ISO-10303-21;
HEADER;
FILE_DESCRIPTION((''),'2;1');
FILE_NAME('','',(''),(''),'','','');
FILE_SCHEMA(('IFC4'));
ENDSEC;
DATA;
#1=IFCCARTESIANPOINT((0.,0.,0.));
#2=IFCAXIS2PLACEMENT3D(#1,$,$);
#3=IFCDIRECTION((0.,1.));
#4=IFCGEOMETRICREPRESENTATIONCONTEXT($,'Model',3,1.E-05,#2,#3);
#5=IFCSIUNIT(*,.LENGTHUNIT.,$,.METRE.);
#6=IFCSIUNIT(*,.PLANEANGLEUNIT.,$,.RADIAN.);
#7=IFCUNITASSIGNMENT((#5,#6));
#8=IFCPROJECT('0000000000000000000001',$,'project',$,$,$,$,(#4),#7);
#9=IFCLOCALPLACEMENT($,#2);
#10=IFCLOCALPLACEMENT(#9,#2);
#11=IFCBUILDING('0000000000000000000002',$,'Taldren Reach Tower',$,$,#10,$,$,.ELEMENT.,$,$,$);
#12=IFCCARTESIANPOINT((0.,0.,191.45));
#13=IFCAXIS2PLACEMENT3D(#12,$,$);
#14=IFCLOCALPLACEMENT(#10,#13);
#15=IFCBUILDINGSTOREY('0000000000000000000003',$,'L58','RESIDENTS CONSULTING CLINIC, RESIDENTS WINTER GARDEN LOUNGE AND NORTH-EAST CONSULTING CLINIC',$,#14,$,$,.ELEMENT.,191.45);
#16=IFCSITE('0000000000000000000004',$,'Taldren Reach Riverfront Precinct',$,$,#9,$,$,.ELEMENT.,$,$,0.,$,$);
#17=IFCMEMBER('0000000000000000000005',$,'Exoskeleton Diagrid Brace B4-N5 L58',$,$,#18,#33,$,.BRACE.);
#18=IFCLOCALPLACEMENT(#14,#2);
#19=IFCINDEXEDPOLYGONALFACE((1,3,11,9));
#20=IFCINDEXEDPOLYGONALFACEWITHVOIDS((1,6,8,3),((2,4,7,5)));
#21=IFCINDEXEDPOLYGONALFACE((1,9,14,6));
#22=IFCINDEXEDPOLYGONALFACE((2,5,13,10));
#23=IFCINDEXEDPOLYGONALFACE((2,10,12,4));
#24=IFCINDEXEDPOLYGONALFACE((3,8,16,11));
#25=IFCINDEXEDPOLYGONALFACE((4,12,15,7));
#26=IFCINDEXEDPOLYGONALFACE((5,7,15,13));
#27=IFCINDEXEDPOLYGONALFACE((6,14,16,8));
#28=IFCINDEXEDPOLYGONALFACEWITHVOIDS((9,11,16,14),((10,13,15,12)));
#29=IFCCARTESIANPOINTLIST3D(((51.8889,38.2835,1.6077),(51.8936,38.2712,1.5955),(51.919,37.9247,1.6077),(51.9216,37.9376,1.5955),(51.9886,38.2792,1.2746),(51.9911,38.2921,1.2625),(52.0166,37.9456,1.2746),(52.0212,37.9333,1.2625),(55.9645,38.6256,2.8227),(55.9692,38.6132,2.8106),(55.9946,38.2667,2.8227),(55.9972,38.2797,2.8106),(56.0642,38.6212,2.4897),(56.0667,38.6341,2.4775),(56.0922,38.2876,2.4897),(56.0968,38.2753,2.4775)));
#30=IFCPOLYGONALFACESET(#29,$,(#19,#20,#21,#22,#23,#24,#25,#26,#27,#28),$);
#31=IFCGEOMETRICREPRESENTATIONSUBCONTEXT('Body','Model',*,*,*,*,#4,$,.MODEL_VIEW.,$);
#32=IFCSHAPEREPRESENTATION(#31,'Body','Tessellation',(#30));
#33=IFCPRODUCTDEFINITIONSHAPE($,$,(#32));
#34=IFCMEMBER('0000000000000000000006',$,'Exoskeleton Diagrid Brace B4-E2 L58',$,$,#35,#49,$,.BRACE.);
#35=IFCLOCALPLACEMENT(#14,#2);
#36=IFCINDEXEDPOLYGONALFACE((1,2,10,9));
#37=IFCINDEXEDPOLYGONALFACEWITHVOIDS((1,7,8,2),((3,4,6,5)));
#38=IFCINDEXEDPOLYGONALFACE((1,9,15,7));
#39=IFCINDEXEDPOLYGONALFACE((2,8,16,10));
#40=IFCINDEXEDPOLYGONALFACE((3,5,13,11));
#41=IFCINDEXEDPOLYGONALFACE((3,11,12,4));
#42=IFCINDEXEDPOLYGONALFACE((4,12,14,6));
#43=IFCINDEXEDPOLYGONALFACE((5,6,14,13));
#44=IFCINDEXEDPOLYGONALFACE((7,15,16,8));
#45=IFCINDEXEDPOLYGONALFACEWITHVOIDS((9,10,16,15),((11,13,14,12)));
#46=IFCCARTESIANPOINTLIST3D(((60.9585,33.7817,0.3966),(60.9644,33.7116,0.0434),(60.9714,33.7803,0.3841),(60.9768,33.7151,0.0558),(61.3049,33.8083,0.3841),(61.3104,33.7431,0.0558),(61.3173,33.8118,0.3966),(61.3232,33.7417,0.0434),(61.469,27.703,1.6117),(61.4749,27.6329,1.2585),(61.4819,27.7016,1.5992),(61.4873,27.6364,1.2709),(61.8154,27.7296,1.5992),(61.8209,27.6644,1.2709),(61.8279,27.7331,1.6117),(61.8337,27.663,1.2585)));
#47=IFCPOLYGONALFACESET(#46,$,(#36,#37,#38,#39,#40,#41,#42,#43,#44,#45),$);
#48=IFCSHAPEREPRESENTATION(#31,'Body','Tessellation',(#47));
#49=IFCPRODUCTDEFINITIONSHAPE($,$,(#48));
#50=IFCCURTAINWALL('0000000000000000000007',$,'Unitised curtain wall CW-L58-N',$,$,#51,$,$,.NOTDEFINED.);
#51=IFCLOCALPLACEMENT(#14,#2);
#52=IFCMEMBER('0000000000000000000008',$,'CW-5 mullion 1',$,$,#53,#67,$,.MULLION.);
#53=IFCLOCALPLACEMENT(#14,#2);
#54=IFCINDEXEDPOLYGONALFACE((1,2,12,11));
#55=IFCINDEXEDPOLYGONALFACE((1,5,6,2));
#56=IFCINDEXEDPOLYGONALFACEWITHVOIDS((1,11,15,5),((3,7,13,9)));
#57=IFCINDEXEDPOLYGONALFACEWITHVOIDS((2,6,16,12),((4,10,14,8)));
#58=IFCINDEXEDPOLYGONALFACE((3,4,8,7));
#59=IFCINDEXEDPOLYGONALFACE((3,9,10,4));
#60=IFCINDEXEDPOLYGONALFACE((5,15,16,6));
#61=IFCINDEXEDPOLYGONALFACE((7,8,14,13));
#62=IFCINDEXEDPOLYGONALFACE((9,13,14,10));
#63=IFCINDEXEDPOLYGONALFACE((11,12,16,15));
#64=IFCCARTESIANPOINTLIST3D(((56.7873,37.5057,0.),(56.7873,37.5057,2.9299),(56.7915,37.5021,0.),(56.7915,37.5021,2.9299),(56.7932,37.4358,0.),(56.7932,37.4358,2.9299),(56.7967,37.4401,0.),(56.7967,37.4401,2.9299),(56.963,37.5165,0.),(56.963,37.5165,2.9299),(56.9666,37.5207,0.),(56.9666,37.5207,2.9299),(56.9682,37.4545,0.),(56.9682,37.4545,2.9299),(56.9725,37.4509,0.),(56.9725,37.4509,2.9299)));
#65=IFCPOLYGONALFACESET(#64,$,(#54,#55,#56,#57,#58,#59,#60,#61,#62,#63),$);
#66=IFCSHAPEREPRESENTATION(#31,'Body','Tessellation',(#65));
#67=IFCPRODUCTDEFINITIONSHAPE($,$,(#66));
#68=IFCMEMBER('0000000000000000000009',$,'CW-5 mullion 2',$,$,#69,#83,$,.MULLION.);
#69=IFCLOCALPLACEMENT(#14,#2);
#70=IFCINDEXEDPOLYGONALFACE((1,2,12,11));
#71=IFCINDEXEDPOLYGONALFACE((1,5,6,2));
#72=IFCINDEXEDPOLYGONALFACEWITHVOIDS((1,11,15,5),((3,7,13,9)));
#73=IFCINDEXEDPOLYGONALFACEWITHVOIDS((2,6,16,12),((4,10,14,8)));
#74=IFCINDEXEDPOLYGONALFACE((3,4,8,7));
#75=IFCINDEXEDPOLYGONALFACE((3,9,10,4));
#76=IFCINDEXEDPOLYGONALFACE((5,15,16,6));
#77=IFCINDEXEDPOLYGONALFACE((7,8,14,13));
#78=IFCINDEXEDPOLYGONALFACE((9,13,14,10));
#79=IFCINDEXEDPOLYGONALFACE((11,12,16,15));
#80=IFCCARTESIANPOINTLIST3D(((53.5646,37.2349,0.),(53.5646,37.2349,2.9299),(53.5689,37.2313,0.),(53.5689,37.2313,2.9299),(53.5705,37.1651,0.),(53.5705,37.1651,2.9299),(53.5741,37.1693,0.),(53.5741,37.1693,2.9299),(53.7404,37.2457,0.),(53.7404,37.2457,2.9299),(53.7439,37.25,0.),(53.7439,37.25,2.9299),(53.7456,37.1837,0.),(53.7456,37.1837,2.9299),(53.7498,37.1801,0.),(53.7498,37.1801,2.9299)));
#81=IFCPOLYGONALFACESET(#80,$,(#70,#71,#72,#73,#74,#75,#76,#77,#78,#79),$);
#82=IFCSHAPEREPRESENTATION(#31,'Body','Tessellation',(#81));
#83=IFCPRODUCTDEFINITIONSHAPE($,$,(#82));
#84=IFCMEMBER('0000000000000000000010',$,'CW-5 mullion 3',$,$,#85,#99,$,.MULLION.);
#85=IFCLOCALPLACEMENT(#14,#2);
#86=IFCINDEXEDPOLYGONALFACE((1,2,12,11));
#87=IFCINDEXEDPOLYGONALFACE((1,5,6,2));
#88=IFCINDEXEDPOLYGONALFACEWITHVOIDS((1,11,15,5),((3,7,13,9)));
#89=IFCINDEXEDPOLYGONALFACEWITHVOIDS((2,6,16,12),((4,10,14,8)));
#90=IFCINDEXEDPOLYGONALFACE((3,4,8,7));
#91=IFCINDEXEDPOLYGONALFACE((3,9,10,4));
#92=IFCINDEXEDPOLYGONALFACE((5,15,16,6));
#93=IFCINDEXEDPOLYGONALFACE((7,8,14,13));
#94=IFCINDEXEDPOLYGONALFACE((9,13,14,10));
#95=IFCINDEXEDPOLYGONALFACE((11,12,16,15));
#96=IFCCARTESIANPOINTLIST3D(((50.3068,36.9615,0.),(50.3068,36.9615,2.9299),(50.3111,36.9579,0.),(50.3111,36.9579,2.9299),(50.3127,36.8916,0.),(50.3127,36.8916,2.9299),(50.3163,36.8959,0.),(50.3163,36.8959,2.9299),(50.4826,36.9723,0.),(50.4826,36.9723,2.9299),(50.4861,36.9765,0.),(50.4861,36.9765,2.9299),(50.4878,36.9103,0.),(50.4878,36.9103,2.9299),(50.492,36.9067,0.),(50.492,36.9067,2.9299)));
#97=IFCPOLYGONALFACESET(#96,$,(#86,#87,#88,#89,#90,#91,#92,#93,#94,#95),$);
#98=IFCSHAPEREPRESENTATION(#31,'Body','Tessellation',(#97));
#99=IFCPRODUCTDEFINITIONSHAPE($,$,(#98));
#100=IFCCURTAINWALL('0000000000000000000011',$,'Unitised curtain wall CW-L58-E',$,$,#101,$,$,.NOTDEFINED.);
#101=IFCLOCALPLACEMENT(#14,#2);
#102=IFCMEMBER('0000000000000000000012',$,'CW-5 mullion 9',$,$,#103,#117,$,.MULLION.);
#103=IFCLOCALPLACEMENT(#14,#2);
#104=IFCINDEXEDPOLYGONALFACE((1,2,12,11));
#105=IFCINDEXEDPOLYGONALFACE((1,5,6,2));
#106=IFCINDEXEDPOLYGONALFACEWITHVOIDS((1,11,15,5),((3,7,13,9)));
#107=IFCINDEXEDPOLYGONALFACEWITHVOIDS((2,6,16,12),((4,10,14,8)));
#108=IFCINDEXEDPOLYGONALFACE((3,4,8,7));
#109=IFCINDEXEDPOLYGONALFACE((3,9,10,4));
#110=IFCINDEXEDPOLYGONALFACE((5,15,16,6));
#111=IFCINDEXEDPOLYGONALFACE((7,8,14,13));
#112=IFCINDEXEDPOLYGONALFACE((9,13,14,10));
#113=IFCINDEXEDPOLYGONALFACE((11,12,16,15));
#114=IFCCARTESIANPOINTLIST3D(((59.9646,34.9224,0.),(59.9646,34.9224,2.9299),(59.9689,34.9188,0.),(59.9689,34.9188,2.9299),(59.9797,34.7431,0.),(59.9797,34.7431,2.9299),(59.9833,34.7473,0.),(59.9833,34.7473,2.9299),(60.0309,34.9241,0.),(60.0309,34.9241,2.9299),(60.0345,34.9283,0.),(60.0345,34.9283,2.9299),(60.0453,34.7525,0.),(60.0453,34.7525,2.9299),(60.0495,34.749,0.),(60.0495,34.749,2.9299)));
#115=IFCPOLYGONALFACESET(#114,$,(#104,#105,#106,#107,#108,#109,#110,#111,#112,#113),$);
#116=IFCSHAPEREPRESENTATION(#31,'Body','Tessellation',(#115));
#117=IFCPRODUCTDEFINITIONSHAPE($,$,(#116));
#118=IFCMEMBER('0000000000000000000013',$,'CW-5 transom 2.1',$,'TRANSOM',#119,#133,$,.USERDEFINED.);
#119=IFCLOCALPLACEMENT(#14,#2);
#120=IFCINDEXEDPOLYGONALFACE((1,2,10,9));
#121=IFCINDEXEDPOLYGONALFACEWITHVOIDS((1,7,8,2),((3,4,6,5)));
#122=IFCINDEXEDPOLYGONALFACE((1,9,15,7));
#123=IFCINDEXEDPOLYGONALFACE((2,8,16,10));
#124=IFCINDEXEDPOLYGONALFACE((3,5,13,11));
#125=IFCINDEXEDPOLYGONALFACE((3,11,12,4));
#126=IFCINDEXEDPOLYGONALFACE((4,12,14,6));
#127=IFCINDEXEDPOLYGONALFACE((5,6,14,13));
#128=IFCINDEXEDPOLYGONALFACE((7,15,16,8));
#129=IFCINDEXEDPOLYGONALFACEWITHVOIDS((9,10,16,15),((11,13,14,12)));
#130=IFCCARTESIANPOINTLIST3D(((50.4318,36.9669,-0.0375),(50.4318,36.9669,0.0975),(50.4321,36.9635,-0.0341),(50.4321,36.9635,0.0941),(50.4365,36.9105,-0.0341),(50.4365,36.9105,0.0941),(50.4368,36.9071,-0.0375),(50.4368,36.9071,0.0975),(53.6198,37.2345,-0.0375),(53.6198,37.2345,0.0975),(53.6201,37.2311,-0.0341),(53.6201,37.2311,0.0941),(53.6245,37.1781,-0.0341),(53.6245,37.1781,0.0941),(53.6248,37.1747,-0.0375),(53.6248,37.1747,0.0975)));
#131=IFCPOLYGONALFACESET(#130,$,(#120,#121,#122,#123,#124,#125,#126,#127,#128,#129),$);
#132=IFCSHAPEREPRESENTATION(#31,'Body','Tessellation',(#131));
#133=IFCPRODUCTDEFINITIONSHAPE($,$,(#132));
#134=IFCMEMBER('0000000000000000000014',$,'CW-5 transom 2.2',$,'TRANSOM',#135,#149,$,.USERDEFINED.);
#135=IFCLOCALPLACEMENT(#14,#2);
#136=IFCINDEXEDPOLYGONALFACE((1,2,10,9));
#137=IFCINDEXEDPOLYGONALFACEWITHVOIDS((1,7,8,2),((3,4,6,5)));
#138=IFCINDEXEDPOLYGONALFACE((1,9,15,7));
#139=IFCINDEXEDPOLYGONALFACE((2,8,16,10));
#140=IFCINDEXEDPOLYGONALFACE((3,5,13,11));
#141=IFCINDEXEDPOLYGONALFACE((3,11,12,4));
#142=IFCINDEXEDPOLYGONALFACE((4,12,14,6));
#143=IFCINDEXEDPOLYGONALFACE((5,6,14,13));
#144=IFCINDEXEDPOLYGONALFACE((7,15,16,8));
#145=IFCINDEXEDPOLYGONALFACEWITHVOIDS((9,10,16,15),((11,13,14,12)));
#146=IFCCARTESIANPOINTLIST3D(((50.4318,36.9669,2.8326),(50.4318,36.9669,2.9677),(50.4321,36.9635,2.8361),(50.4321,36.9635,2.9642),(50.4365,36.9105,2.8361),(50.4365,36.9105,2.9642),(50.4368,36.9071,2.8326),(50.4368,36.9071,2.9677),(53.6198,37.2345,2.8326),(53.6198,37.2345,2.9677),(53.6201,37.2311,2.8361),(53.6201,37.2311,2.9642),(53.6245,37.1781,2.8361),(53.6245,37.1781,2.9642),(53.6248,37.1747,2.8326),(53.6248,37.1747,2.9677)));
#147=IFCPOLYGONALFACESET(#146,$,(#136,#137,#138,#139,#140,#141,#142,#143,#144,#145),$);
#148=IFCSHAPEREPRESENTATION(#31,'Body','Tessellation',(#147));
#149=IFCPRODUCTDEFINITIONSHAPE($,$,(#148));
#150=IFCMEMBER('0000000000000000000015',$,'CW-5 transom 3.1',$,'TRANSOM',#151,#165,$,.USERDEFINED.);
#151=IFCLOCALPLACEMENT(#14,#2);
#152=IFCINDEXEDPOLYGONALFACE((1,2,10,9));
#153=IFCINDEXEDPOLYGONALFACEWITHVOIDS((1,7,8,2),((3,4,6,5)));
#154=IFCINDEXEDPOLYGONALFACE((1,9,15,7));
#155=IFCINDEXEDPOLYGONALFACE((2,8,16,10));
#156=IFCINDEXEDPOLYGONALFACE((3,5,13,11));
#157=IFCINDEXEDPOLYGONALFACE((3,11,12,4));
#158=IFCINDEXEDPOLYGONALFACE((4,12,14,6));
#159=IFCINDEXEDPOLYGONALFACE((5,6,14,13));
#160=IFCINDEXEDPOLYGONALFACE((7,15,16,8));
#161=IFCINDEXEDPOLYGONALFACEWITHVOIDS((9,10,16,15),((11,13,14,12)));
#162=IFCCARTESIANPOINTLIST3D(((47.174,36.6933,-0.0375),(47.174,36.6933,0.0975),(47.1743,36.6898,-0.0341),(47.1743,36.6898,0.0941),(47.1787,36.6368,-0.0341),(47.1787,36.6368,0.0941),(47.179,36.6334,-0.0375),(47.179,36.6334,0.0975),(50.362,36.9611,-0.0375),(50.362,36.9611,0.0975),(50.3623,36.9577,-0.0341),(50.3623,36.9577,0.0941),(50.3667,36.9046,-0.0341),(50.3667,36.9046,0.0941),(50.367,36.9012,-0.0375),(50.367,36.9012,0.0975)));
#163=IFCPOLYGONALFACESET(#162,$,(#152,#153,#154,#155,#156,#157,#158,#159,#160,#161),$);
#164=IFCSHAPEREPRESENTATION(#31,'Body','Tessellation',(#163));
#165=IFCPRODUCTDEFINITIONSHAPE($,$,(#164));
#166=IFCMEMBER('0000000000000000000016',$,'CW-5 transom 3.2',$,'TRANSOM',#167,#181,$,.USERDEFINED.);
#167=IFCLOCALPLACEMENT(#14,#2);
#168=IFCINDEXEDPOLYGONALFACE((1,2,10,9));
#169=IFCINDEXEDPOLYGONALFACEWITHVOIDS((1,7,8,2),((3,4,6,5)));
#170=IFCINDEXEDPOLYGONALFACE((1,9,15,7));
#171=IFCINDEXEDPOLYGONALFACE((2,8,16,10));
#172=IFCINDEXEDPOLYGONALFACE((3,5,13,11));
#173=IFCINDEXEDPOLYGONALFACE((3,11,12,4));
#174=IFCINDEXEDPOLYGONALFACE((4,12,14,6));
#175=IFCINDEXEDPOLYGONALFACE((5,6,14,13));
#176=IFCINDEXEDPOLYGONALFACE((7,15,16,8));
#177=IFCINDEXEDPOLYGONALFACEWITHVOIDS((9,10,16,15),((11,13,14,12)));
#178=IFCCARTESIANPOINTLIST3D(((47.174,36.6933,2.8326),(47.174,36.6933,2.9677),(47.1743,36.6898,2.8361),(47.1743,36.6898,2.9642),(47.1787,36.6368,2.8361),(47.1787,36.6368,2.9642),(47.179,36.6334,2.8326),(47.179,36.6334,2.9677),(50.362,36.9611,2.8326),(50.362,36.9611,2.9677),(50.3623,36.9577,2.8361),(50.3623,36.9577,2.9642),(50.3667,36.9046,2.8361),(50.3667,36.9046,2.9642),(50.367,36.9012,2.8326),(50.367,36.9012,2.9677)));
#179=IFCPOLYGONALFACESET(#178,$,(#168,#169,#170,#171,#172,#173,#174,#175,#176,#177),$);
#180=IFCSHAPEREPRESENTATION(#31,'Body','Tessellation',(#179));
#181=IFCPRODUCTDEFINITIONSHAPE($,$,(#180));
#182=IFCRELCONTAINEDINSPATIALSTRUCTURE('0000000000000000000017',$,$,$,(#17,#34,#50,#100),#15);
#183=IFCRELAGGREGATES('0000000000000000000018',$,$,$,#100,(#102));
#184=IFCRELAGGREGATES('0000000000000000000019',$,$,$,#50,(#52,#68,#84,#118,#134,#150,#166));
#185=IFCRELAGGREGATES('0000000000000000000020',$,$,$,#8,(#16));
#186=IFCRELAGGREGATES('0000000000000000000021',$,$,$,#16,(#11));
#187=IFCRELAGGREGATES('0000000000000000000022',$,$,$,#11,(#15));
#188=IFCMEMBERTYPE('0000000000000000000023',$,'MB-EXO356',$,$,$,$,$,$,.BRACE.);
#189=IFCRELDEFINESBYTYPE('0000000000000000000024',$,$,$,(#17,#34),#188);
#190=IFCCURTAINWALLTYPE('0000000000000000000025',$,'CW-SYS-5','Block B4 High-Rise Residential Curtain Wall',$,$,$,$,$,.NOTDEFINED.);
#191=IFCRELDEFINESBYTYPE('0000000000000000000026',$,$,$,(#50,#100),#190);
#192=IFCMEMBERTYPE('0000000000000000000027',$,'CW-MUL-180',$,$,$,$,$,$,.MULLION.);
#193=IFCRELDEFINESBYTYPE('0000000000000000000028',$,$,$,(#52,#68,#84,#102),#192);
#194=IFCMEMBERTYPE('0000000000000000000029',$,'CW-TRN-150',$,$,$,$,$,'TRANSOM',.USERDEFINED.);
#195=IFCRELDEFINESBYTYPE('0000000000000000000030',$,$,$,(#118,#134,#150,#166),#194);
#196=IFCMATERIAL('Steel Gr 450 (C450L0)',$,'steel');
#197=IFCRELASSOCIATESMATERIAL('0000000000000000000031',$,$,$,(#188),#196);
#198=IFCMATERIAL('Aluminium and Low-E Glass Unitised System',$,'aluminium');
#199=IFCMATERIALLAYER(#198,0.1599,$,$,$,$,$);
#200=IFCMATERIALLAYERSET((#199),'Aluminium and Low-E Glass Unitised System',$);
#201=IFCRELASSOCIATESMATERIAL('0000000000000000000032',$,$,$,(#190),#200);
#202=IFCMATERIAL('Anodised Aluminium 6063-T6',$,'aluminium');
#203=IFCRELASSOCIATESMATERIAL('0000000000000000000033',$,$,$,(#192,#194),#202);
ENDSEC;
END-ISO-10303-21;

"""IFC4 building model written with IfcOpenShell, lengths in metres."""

from ifc_helpers import new_model, si_unit, direction, frame, origin, origin_2d, place, context, subcontext, project, spatial, hollow_rectangle, extrude, source, transform, mapped, material, layer, layer_set, material_profile, profile_set, type_object, element, aggregate, save


model = new_model("IFC4")

# Units and contexts
model_context = context("Model", 3, precision=1e-05, world=origin(), true_north=direction((0.0, 1.0)))
body_context = subcontext(model_context, "Body", "Model", "MODEL_VIEW")
ifc_project = project(units=[si_unit("LENGTHUNIT", "METRE"), si_unit("PLANEANGLEUNIT", "RADIAN")], contexts=[model_context])

# Site, building, storey
site_placement = place(None, origin())
site = spatial("IfcSite", under=ifc_project, at=site_placement, Name="Taldren Reach Riverfront Precinct", CompositionType="ELEMENT", RefElevation=0.0)
building_placement = place(site_placement, origin())
building = spatial("IfcBuilding", under=site, at=building_placement, Name="Taldren Reach Tower", CompositionType="ELEMENT")
storey_placement = place(building_placement, frame((0.0, 0.0, 191.45)))
storey = spatial("IfcBuildingStorey", under=building, at=storey_placement, Name="L58", Description="RESIDENTS CONSULTING CLINIC, RESIDENTS WINTER GARDEN LOUNGE AND NORTH-EAST CONSULTING CLINIC", CompositionType="ELEMENT", Elevation=191.45)

# Members
ifc_material_1 = material(Name="Steel Gr 450 (C450L0)", Category="steel")
ifc_material_profile_1 = material_profile(ifc_material_1, hollow_rectangle(XDim=0.3601, YDim=0.3601, WallThickness=0.0127, at=origin_2d()), Name="360x360x12.7SHS")
ifc_profile_set_1 = profile_set([ifc_material_profile_1], Name="Steel Gr 450 (C450L0)")
member_type_1 = type_object("IfcMemberType", Name="MB-EXO356", PredefinedType="BRACE", material=ifc_profile_set_1)
shared_shape_1 = source(origin(), body_context, "Body", "SweptSolid", [
    extrude(hollow_rectangle(XDim=0.3601, YDim=0.3601, WallThickness=0.0127, at=origin_2d()), origin(), (0.0, 0.0, 1.0), 4.2666),
])
member_1_placement = place(storey_placement, frame((51.9551, 38.1084, 1.4351), z_axis=(0.955234, 0.080165, 0.284785), x_axis=(-0.083628, 0.996497, 0.0)))
element("IfcMember", 1, at=member_1_placement, inside=storey, type_object=member_type_1, Name="Exoskeleton Diagrid Brace B4-N5 L58", PredefinedType="BRACE", context=body_context, shape_type="MappedRepresentation", body=[
    mapped(shared_shape_1, transform((0.0, 0.0, 0.0), scale=1.0)),
])
shared_shape_2 = source(origin(), body_context, "Body", "SweptSolid", [
    extrude(hollow_rectangle(XDim=0.3601, YDim=0.3601, WallThickness=0.0127, at=origin_2d()), origin(), (0.0, 0.0, 1.0), 6.22),
])
member_2_placement = place(storey_placement, frame((61.1409, 33.7617, 0.22), z_axis=(0.082076, -0.977292, 0.195356), x_axis=(0.996492, 0.083688, 0.0)))
element("IfcMember", 2, at=member_2_placement, inside=storey, type_object=member_type_1, Name="Exoskeleton Diagrid Brace B4-E2 L58", PredefinedType="BRACE", context=body_context, shape_type="MappedRepresentation", body=[
    mapped(shared_shape_2, transform((0.0, 0.0, 0.0), scale=1.0)),
])

# Curtain wall, members
ifc_material_2 = material(Name="Aluminium and Low-E Glass Unitised System", Category="aluminium")
ifc_layer_1 = layer(ifc_material_2, 0.1599)
ifc_layer_set_1 = layer_set([ifc_layer_1], Name="Aluminium and Low-E Glass Unitised System")
curtain_wall_type = type_object("IfcCurtainWallType", Name="CW-SYS-5", Description="Block B4 High-Rise Residential Curtain Wall", PredefinedType="NOTDEFINED", material=ifc_layer_set_1)
curtain_wall_1_placement = place(storey_placement, origin())
curtain_wall_1 = element("IfcCurtainWall", 3, at=curtain_wall_1_placement, inside=storey, type_object=curtain_wall_type, Name="Unitised curtain wall CW-L58-N", PredefinedType="NOTDEFINED")
ifc_material_3 = material(Name="Anodised Aluminium 6063-T6", Category="aluminium")
ifc_material_profile_2 = material_profile(ifc_material_3, hollow_rectangle(XDim=0.0701, YDim=0.1799, WallThickness=0.0039, at=origin_2d()), Name="ALU-180x70x4RHS")
ifc_profile_set_2 = profile_set([ifc_material_profile_2], Name="Anodised Aluminium 6063-T6")
member_type_2 = type_object("IfcMemberType", Name="CW-MUL-180", PredefinedType="MULLION", material=ifc_profile_set_2)
shared_shape_3 = source(origin(), body_context, "Body", "SweptSolid", [
    extrude(hollow_rectangle(XDim=0.0701, YDim=0.1799, WallThickness=0.0039, at=origin_2d()), origin(), (0.0, 0.0, 1.0), 2.9299),
])
member_3_placement = place(storey_placement, frame((56.8799, 37.4783, 0.0), z_axis=(0.0, 0.0, 1.0), x_axis=(0.083678, -0.996493, 0.0)))
member_3 = element("IfcMember", 4, at=member_3_placement, type_object=member_type_2, Name="CW-5 mullion 1", PredefinedType="MULLION", context=body_context, shape_type="MappedRepresentation", body=[
    mapped(shared_shape_3, transform((0.0, 0.0, 0.0), scale=1.0)),
])
member_4_placement = place(storey_placement, frame((53.6572, 37.2075, 0.0), z_axis=(0.0, 0.0, 1.0), x_axis=(0.083678, -0.996493, 0.0)))
member_4 = element("IfcMember", 5, at=member_4_placement, type_object=member_type_2, Name="CW-5 mullion 2", PredefinedType="MULLION", context=body_context, shape_type="MappedRepresentation", body=[
    mapped(shared_shape_3, transform((0.0, 0.0, 0.0), scale=1.0)),
])
member_5_placement = place(storey_placement, frame((50.3994, 36.9341, 0.0), z_axis=(0.0, 0.0, 1.0), x_axis=(0.083678, -0.996493, 0.0)))
member_5 = element("IfcMember", 6, at=member_5_placement, type_object=member_type_2, Name="CW-5 mullion 3", PredefinedType="MULLION", context=body_context, shape_type="MappedRepresentation", body=[
    mapped(shared_shape_3, transform((0.0, 0.0, 0.0), scale=1.0)),
])

# Curtain wall, member
curtain_wall_2_placement = place(storey_placement, origin())
curtain_wall_2 = element("IfcCurtainWall", 7, at=curtain_wall_2_placement, inside=storey, type_object=curtain_wall_type, Name="Unitised curtain wall CW-L58-E", PredefinedType="NOTDEFINED")
member_6_placement = place(storey_placement, frame((60.0071, 34.8357, 0.0), z_axis=(0.0, 0.0, 1.0), x_axis=(-0.996493, -0.083678, 0.0)))
member_6 = element("IfcMember", 8, at=member_6_placement, type_object=member_type_2, Name="CW-5 mullion 9", PredefinedType="MULLION", context=body_context, shape_type="MappedRepresentation", body=[
    mapped(shared_shape_3, transform((0.0, 0.0, 0.0), scale=1.0)),
])
aggregate(curtain_wall_2, [member_6])

# Members
ifc_material_profile_3 = material_profile(ifc_material_3, hollow_rectangle(XDim=0.0601, YDim=0.135, WallThickness=0.0034, at=origin_2d()), Name="ALU-135x60x3.5RHS")
ifc_profile_set_3 = profile_set([ifc_material_profile_3], Name="Anodised Aluminium 6063-T6")
member_type_3 = type_object("IfcMemberType", Name="CW-TRN-150", ElementType="TRANSOM", PredefinedType="USERDEFINED", material=ifc_profile_set_3)
shared_shape_4 = source(origin(), body_context, "Body", "SweptSolid", [
    extrude(hollow_rectangle(XDim=0.0601, YDim=0.135, WallThickness=0.0034, at=origin_2d()), origin(), (0.0, 0.0, 1.0), 3.1992),
])
member_7_placement = place(storey_placement, frame((53.6223, 37.2046, 0.03), z_axis=(-0.996496, -0.083639, 0.0), x_axis=(0.083639, -0.996496, 0.0)))
member_7 = element("IfcMember", 9, at=member_7_placement, type_object=member_type_3, Name="CW-5 transom 2.1", ObjectType="TRANSOM", PredefinedType="USERDEFINED", context=body_context, shape_type="MappedRepresentation", body=[
    mapped(shared_shape_4, transform((0.0, 0.0, 0.0), scale=1.0)),
])
member_8_placement = place(storey_placement, frame((53.6223, 37.2046, 2.9001), z_axis=(-0.996496, -0.083639, 0.0), x_axis=(0.083639, -0.996496, 0.0)))
member_8 = element("IfcMember", 10, at=member_8_placement, type_object=member_type_3, Name="CW-5 transom 2.2", ObjectType="TRANSOM", PredefinedType="USERDEFINED", context=body_context, shape_type="MappedRepresentation", body=[
    mapped(shared_shape_4, transform((0.0, 0.0, 0.0), scale=1.0)),
])
member_9_placement = place(storey_placement, frame((50.3645, 36.9312, 0.03), z_axis=(-0.99649, -0.083715, 0.0), x_axis=(0.083715, -0.99649, 0.0)))
member_9 = element("IfcMember", 11, at=member_9_placement, type_object=member_type_3, Name="CW-5 transom 3.1", ObjectType="TRANSOM", PredefinedType="USERDEFINED", context=body_context, shape_type="MappedRepresentation", body=[
    mapped(shared_shape_4, transform((0.0, 0.0, 0.0), scale=1.0)),
])
member_10_placement = place(storey_placement, frame((50.3645, 36.9312, 2.9001), z_axis=(-0.99649, -0.083715, 0.0), x_axis=(0.083715, -0.99649, 0.0)))
member_10 = element("IfcMember", 12, at=member_10_placement, type_object=member_type_3, Name="CW-5 transom 3.2", ObjectType="TRANSOM", PredefinedType="USERDEFINED", context=body_context, shape_type="MappedRepresentation", body=[
    mapped(shared_shape_4, transform((0.0, 0.0, 0.0), scale=1.0)),
])

aggregate(curtain_wall_1, [member_3, member_4, member_5, member_7, member_8, member_9, member_10])

save(model, "model.ifc")
